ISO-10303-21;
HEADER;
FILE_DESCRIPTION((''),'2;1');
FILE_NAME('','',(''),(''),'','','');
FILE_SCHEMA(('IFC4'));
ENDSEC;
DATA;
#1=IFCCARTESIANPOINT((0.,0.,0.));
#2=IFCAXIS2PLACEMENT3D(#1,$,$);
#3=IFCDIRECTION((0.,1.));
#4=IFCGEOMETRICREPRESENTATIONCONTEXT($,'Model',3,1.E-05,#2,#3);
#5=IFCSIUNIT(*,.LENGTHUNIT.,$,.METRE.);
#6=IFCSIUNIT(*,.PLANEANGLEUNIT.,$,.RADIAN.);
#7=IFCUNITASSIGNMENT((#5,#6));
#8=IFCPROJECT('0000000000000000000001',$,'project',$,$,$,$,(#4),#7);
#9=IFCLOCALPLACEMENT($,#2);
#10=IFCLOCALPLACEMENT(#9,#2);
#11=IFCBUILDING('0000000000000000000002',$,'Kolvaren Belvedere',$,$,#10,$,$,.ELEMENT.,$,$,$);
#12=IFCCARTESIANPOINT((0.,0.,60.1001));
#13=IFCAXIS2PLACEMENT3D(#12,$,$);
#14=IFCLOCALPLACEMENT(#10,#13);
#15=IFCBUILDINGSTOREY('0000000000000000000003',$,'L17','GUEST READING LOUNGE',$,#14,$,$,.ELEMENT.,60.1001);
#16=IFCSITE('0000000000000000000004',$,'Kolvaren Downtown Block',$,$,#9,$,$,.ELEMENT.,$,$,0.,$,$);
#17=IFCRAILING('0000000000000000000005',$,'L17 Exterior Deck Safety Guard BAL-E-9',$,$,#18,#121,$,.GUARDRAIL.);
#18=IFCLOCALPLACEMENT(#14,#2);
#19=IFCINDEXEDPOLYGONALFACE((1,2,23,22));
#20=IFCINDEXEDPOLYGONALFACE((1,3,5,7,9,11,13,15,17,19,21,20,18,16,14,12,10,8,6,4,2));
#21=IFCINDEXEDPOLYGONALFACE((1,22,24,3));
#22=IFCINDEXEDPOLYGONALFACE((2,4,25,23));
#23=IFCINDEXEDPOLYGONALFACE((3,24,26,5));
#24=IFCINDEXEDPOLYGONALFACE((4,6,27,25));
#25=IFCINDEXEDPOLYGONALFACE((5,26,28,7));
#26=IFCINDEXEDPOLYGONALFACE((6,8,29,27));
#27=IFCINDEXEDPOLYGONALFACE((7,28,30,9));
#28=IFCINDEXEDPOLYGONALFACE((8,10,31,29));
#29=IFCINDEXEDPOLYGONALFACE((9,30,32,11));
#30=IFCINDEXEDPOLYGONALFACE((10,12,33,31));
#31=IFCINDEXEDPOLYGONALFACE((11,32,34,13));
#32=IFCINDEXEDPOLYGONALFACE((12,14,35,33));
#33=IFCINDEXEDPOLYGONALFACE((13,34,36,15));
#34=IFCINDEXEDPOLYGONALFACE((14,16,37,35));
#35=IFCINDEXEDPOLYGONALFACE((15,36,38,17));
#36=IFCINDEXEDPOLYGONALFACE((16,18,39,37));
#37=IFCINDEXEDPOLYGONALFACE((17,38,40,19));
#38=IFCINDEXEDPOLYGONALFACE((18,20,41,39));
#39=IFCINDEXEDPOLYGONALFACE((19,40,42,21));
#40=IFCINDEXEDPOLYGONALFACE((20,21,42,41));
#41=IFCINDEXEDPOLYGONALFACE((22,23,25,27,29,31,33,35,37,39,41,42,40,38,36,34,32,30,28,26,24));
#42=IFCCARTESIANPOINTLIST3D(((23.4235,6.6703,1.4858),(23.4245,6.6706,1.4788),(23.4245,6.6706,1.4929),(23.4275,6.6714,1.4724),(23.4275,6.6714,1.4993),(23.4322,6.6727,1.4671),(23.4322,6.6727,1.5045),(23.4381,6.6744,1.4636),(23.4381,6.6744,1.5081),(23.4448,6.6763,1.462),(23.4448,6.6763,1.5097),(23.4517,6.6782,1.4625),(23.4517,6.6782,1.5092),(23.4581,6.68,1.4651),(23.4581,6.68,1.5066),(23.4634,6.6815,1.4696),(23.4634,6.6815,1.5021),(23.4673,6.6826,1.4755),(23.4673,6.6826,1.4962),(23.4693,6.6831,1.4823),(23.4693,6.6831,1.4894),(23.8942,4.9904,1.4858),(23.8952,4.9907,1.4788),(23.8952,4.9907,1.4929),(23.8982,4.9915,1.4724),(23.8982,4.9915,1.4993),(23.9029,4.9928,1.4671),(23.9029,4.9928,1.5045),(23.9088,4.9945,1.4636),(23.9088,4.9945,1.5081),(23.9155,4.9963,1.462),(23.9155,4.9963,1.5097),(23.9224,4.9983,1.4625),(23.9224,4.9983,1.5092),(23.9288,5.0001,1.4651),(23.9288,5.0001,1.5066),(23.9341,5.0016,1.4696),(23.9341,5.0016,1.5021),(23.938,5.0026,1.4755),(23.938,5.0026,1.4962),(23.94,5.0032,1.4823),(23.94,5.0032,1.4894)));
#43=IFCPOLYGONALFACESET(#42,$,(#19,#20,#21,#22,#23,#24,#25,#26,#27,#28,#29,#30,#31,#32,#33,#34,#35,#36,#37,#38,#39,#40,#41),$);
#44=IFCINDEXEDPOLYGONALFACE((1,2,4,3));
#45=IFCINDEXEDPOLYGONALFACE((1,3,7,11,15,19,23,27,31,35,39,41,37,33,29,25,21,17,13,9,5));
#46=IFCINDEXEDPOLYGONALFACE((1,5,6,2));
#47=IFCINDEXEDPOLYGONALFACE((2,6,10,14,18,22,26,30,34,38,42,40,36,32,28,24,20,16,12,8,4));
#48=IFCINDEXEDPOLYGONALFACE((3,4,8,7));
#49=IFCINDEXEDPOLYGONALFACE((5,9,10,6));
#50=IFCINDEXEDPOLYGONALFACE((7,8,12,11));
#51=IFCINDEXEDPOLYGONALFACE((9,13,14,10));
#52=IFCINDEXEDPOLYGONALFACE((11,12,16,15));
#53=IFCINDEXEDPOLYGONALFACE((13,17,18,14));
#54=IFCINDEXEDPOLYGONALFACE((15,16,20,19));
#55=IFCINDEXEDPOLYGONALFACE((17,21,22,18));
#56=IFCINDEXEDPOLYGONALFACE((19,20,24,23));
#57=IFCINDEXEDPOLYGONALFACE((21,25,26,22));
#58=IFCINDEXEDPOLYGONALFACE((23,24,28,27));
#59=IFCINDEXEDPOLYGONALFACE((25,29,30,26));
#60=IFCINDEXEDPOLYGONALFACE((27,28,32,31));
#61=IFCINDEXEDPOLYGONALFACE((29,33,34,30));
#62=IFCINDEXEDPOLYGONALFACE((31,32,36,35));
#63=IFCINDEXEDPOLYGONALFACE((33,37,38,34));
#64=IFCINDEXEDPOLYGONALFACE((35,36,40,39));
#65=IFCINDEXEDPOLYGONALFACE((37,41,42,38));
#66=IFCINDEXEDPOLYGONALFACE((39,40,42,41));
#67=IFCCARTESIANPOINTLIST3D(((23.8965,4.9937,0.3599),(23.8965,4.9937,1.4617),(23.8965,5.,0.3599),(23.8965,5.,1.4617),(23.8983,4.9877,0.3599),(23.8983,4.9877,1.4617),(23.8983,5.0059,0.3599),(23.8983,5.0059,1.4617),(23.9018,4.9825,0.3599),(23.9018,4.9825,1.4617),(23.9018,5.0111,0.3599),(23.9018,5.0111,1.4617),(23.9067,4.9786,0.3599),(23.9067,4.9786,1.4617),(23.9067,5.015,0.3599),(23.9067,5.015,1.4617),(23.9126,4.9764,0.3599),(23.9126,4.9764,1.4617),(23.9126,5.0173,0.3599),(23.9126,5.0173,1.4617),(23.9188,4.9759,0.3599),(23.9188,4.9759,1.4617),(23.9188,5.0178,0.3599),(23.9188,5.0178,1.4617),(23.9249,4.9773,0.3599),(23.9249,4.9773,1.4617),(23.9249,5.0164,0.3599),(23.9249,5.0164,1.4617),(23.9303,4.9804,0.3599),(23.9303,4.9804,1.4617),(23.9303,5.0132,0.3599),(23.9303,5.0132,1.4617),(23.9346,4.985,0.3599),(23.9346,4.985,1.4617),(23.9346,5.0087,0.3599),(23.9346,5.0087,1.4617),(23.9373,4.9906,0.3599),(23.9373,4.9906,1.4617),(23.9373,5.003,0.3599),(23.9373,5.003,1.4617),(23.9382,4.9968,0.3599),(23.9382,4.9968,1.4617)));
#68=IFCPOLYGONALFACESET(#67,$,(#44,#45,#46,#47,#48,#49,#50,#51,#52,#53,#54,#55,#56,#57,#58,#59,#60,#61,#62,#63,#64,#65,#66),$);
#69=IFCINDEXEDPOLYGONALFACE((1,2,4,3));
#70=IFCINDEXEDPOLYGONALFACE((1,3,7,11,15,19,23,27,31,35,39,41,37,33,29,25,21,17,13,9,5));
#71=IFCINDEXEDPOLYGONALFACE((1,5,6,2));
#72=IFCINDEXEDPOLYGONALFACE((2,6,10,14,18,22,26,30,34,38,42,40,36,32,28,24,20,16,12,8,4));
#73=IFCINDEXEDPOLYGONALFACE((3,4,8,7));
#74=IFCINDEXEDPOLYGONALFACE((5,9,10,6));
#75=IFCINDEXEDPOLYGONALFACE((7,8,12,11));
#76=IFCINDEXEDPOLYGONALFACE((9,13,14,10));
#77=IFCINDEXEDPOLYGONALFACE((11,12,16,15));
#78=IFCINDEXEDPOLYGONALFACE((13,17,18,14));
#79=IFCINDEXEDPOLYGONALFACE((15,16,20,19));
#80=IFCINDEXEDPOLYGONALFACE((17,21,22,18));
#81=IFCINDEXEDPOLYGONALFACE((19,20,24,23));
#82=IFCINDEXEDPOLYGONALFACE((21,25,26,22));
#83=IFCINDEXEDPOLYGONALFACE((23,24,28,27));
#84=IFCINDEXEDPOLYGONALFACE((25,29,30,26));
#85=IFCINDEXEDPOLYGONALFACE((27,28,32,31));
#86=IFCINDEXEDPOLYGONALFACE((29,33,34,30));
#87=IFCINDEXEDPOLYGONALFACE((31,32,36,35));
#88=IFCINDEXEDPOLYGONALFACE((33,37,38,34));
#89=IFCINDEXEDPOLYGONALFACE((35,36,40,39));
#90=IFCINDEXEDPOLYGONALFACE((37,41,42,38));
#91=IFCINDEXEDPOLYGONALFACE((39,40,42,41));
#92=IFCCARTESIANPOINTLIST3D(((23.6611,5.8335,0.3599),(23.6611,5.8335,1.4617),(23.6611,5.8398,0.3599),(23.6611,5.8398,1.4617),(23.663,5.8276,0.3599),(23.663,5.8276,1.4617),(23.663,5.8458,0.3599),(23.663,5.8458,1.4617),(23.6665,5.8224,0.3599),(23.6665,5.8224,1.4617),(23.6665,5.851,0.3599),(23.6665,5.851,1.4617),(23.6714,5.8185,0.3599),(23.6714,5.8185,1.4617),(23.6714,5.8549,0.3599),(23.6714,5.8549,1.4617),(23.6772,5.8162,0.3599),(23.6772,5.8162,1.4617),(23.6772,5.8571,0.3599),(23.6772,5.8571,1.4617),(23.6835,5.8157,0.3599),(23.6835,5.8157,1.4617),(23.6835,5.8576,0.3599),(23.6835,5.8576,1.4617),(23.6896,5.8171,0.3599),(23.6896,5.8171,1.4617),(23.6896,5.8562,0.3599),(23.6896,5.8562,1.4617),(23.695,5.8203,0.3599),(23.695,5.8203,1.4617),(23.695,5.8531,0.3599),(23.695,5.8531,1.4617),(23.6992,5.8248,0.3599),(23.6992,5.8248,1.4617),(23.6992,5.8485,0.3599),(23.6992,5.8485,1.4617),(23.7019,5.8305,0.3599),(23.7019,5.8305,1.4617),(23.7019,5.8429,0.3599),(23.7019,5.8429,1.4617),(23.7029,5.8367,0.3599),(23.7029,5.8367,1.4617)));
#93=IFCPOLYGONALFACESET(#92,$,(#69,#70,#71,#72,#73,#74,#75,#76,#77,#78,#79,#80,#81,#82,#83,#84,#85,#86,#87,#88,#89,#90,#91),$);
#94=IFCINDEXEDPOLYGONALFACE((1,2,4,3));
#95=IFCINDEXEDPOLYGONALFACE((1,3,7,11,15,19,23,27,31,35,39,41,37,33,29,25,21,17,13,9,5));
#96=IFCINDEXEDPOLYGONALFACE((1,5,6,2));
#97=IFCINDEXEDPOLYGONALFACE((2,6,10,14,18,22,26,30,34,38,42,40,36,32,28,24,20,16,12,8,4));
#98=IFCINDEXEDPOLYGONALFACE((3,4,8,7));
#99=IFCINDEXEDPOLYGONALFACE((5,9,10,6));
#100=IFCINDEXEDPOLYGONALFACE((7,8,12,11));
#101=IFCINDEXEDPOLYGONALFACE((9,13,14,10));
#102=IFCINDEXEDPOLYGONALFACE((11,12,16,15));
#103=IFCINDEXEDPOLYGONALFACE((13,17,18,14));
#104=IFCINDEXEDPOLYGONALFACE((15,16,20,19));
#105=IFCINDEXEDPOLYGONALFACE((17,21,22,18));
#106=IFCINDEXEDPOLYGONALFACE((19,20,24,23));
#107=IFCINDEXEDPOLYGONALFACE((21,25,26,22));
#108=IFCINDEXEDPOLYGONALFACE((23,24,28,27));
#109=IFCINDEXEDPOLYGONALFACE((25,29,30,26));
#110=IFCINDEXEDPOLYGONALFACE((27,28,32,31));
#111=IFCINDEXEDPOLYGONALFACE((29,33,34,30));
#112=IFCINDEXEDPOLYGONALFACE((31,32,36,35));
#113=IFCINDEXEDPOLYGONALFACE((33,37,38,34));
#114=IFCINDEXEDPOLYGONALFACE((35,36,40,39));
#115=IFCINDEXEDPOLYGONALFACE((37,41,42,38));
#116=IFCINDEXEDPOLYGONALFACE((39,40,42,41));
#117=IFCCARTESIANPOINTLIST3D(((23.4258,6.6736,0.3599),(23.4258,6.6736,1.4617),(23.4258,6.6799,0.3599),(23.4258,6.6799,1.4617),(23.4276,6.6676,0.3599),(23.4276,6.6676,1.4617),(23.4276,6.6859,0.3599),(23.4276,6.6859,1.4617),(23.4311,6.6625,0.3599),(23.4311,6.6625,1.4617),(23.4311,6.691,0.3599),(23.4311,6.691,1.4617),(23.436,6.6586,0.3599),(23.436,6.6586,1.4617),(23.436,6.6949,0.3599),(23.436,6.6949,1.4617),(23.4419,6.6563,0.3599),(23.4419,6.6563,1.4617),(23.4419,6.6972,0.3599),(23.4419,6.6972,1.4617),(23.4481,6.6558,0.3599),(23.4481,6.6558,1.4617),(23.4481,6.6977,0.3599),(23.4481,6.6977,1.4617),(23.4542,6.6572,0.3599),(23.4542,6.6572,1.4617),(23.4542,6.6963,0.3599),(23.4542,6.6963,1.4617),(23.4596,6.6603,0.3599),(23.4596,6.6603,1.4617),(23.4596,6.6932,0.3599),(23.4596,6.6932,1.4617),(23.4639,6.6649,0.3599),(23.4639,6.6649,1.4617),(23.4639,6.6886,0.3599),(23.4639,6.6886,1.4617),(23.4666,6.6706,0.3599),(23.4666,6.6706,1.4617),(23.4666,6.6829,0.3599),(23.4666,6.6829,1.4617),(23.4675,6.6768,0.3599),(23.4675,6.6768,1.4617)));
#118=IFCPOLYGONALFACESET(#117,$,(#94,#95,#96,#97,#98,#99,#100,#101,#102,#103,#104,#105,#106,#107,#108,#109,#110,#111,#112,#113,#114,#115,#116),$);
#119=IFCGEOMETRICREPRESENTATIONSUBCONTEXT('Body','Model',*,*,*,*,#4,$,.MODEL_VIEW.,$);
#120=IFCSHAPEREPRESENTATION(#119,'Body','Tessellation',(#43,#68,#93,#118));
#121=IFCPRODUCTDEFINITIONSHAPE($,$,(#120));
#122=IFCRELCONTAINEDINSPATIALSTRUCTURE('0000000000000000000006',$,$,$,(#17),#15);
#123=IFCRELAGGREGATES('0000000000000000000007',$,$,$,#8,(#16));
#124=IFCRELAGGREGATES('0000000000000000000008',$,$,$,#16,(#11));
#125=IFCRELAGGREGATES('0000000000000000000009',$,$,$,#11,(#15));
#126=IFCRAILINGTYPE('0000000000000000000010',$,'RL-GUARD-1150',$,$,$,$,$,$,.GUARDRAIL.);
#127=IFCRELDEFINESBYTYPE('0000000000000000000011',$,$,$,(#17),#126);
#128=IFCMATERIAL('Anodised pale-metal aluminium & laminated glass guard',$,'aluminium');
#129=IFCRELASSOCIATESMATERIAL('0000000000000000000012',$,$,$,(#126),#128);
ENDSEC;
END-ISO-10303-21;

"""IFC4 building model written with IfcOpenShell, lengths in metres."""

from ifc_helpers import new_model, si_unit, direction, frame, origin, origin_2d, place, context, subcontext, project, spatial, circle, extrude, material, type_object, element, save


model = new_model("IFC4")

# Units and contexts
model_context = context("Model", 3, precision=1e-05, world=origin(), true_north=direction((0.0, 1.0)))
body_context = subcontext(model_context, "Body", "Model", "MODEL_VIEW")
ifc_project = project(units=[si_unit("LENGTHUNIT", "METRE"), si_unit("PLANEANGLEUNIT", "RADIAN")], contexts=[model_context])

# Site, building, storey
site_placement = place(None, origin())
site = spatial("IfcSite", under=ifc_project, at=site_placement, Name="Kolvaren Downtown Block", CompositionType="ELEMENT", RefElevation=0.0)
building_placement = place(site_placement, origin())
building = spatial("IfcBuilding", under=site, at=building_placement, Name="Kolvaren Belvedere", CompositionType="ELEMENT")
storey_placement = place(building_placement, frame((0.0, 0.0, 60.1001)))
storey = spatial("IfcBuildingStorey", under=building, at=storey_placement, Name="L17", Description="GUEST READING LOUNGE", CompositionType="ELEMENT", Elevation=60.1001)

# Railing
ifc_material_1 = material(Name="Anodised pale-metal aluminium & laminated glass guard", Category="aluminium")
railing_type = type_object("IfcRailingType", Name="RL-GUARD-1150", PredefinedType="GUARDRAIL", material=ifc_material_1)
railing_1_placement = place(storey_placement, frame((23.9172, 4.9968, 0.3599)))
element("IfcRailing", 1, at=railing_1_placement, inside=storey, type_object=railing_type, Name="L17 Exterior Deck Safety Guard BAL-E-9", PredefinedType="GUARDRAIL", context=body_context, shape_type="SweptSolid", body=[
    extrude(circle(Radius=0.0239, at=origin_2d()), frame((0.0, 0.0, 1.126), z_axis=(-0.269801, 0.962916, 0.0), x_axis=(-0.962916, -0.269801, 0.0)), (0.0, 0.0, 1.0), 1.7446),
    extrude(circle(Radius=0.021, at=origin_2d()), origin(), (0.0, 0.0, 1.0), 1.1018),
    extrude(circle(Radius=0.021, at=origin_2d()), frame((-0.2354, 0.8398, 0.0)), (0.0, 0.0, 1.0), 1.1018),
    extrude(circle(Radius=0.021, at=origin_2d()), frame((-0.4707, 1.6799, 0.0)), (0.0, 0.0, 1.0), 1.1018),
])

save(model, "model.ifc")
